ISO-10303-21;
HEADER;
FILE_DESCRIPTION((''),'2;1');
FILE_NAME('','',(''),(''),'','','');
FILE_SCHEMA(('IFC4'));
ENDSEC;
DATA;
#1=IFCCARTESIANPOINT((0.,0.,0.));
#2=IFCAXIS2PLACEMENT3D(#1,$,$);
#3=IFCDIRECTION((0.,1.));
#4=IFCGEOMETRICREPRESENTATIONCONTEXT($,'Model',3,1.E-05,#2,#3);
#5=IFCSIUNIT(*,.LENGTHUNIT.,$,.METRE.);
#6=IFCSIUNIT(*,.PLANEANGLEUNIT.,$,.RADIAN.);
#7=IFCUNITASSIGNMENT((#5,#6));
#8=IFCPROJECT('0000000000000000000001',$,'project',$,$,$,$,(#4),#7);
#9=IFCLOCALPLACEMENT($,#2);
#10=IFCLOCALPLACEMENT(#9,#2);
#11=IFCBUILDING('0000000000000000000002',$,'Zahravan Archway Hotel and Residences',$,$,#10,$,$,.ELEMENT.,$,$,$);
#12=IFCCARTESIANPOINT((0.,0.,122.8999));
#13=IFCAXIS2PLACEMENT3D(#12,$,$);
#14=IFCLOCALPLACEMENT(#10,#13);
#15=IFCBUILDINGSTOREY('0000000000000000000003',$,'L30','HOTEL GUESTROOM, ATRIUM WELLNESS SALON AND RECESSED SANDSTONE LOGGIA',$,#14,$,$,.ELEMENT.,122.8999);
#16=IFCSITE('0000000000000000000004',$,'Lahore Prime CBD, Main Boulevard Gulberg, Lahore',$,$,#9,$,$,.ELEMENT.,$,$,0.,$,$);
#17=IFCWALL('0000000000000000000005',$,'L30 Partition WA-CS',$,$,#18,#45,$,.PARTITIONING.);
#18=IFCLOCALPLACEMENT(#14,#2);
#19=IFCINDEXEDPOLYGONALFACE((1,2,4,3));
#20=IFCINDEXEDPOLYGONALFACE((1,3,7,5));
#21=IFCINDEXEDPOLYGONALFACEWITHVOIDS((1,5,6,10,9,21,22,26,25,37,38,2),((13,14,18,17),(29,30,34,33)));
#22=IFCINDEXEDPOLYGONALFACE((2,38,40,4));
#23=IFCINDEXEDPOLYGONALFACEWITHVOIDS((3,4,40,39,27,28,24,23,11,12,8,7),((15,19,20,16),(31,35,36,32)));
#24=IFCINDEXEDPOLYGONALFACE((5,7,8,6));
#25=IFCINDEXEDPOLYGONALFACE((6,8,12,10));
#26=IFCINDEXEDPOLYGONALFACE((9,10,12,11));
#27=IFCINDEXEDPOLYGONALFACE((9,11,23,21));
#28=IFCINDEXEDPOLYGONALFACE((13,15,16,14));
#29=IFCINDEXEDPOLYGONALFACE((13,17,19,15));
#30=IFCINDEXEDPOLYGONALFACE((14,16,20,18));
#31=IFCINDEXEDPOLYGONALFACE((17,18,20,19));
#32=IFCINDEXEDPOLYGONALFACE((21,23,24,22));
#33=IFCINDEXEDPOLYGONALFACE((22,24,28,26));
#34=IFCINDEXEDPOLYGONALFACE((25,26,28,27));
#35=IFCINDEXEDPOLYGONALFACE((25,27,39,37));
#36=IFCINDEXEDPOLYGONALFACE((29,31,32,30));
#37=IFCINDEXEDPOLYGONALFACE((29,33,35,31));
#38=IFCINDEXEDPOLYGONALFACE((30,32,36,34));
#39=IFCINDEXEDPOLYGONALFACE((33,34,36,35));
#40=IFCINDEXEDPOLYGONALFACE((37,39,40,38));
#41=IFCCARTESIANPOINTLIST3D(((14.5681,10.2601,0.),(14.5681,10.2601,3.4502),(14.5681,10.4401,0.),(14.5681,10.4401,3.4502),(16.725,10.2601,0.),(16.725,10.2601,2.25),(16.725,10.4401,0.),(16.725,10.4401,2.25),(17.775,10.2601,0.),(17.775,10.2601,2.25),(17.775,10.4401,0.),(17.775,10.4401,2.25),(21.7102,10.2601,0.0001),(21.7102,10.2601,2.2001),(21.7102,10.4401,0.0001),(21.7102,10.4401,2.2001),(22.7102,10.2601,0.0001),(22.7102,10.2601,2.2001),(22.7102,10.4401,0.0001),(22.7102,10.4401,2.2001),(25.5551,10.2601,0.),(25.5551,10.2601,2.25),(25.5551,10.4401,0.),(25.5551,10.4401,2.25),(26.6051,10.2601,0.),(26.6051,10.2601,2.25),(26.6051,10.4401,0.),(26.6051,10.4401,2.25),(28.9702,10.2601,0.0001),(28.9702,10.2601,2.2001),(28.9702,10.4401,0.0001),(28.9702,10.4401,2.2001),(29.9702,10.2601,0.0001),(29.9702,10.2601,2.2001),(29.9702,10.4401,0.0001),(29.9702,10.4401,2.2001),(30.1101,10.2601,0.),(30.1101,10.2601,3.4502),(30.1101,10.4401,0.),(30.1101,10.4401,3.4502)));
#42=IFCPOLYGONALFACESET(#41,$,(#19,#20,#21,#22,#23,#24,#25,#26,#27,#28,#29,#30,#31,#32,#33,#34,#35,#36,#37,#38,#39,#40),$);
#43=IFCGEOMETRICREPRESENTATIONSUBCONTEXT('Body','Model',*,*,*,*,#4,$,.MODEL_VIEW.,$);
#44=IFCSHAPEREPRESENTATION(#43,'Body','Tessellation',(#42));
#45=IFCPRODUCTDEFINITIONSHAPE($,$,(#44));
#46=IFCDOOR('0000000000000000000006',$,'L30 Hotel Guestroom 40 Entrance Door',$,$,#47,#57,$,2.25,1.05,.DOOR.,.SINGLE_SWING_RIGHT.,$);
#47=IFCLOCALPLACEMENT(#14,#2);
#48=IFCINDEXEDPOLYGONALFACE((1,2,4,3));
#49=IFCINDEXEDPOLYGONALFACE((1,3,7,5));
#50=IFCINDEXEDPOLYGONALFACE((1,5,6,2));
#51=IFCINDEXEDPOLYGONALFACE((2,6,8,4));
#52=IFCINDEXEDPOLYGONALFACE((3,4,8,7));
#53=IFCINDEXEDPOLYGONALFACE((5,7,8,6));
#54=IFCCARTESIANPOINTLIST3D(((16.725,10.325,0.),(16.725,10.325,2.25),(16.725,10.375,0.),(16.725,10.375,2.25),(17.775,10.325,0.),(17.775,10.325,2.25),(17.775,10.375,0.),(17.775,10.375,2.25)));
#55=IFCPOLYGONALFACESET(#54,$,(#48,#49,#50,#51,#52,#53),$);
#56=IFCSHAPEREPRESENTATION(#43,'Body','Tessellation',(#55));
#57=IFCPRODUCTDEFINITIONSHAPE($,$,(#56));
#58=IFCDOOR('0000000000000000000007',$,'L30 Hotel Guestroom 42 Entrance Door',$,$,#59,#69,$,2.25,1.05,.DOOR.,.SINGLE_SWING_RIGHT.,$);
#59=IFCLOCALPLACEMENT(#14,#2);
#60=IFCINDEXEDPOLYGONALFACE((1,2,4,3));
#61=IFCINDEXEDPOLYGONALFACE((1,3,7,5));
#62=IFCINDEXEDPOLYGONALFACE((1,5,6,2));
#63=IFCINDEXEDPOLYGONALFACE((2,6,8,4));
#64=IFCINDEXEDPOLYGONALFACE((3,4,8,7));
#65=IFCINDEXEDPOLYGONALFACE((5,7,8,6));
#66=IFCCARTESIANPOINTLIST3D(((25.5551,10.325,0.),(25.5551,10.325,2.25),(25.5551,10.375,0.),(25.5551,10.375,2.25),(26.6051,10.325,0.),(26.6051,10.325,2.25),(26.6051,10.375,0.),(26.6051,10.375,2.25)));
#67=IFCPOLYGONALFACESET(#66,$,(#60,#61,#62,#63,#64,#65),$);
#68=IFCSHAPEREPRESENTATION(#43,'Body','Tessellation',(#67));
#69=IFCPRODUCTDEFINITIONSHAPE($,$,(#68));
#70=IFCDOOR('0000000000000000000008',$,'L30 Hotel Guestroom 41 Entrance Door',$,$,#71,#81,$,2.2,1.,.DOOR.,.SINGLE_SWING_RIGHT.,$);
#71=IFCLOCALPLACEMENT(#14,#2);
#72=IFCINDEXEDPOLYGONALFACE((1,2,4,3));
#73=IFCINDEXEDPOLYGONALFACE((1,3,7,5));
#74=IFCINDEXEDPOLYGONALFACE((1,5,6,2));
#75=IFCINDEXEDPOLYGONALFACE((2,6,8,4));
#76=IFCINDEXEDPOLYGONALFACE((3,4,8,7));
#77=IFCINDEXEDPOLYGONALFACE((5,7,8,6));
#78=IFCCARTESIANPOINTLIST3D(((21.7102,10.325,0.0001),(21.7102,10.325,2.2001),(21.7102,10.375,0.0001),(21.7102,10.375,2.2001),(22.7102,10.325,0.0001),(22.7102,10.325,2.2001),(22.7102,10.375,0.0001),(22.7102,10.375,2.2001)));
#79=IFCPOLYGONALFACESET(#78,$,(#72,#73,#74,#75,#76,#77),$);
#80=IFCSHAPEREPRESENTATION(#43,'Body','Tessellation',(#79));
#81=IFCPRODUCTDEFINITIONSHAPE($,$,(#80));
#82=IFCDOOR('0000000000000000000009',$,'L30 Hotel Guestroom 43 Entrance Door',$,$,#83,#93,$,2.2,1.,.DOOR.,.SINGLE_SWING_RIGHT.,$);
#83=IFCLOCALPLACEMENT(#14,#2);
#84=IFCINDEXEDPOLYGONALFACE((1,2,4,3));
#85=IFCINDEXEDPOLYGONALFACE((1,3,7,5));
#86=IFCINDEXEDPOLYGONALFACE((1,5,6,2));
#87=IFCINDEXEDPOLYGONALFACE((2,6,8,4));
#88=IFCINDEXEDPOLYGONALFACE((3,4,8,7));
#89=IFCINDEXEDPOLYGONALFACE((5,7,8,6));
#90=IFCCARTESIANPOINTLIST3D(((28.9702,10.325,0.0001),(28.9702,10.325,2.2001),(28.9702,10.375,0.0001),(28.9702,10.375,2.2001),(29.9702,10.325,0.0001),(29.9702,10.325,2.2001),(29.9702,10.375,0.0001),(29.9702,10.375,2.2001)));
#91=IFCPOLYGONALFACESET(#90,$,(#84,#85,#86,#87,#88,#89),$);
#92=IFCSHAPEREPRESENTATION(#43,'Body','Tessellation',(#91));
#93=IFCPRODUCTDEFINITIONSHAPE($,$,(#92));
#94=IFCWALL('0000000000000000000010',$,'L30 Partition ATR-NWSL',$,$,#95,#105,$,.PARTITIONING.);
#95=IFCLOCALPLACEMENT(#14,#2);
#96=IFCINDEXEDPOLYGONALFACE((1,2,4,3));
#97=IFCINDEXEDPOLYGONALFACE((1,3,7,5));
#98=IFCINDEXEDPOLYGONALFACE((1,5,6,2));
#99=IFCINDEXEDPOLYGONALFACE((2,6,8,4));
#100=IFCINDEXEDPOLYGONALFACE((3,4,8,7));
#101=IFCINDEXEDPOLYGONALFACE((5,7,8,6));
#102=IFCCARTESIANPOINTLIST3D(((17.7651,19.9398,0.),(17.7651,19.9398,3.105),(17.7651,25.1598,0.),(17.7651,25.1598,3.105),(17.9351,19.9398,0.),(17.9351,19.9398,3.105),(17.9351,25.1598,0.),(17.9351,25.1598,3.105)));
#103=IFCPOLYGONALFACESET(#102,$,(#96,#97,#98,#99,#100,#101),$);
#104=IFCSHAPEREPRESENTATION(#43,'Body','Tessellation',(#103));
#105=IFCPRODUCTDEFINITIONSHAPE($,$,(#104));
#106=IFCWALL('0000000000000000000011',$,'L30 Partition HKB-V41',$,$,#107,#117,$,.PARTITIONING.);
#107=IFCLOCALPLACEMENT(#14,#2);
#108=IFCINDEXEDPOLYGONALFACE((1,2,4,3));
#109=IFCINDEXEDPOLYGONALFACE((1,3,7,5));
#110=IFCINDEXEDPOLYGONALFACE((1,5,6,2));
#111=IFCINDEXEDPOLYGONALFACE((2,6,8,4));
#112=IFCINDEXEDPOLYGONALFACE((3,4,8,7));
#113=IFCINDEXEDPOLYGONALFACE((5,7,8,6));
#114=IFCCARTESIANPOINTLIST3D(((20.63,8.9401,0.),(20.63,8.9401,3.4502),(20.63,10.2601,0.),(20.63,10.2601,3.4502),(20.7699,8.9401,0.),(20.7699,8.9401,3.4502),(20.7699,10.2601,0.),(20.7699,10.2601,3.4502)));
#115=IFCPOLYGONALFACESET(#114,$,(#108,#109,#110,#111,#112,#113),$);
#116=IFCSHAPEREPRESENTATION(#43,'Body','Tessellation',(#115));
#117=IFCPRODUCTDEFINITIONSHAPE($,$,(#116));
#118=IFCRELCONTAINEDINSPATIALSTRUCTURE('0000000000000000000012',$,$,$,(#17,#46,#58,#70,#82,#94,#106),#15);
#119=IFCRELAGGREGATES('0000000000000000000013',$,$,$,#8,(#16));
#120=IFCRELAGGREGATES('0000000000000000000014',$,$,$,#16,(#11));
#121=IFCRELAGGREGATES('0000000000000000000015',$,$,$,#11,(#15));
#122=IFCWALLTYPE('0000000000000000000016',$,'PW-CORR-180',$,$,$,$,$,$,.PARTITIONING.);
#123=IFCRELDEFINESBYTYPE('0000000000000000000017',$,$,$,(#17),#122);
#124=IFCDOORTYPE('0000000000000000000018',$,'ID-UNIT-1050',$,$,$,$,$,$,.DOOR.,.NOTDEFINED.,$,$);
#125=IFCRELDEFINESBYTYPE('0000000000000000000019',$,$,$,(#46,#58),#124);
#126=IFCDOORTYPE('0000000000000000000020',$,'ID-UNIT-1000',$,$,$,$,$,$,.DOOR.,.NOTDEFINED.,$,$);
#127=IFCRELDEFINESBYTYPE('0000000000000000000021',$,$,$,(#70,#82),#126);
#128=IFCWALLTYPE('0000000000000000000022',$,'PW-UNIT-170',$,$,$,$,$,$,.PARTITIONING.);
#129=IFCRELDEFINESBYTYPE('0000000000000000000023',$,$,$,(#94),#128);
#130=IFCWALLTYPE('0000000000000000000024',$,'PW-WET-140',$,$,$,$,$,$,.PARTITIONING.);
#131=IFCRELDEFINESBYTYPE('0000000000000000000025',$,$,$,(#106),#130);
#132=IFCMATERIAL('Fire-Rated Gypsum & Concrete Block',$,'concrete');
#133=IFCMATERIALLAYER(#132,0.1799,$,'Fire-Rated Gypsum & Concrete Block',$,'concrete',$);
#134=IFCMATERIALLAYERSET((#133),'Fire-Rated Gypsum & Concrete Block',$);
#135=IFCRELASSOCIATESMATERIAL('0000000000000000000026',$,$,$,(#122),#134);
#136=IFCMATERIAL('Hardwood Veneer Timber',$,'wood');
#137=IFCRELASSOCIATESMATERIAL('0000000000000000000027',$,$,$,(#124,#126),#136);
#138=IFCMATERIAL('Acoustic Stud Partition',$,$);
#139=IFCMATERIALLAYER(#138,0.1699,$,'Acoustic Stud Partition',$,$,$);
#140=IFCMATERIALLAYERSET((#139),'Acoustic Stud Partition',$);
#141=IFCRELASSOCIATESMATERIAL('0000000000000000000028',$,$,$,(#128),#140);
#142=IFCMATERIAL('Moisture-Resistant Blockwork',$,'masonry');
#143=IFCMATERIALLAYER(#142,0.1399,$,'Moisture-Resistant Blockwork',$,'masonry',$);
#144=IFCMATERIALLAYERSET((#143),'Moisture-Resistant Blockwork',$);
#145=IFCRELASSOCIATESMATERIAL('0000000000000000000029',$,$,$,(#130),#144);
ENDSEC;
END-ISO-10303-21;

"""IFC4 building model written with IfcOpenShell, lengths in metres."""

from ifc_helpers import new_model, si_unit, direction, frame, frame_2d, origin, place, context, subcontext, project, spatial, rectangle, extrude, source, transform, mapped, material, layer, layer_set, type_object, type_shapes, element, fill, save


model = new_model("IFC4")

# Units and contexts
model_context = context("Model", 3, precision=1e-05, world=origin(), true_north=direction((0.0, 1.0)))
body_context = subcontext(model_context, "Body", "Model", "MODEL_VIEW")
ifc_project = project(units=[si_unit("LENGTHUNIT", "METRE"), si_unit("PLANEANGLEUNIT", "RADIAN")], contexts=[model_context])

# Site, building, storey
site_placement = place(None, origin())
site = spatial("IfcSite", under=ifc_project, at=site_placement, Name="Lahore Prime CBD, Main Boulevard Gulberg, Lahore", CompositionType="ELEMENT", RefElevation=0.0)
building_placement = place(site_placement, origin())
building = spatial("IfcBuilding", under=site, at=building_placement, Name="Zahravan Archway Hotel and Residences", CompositionType="ELEMENT")
storey_placement = place(building_placement, frame((0.0, 0.0, 122.8999)))
storey = spatial("IfcBuildingStorey", under=building, at=storey_placement, Name="L30", Description="HOTEL GUESTROOM, ATRIUM WELLNESS SALON AND RECESSED SANDSTONE LOGGIA", CompositionType="ELEMENT", Elevation=122.8999)

# Shared definitions
ifc_material_1 = material(Name="Fire-Rated Gypsum & Concrete Block", Category="concrete")

# Wall, openings, doors
ifc_layer_1 = layer(ifc_material_1, 0.1799, Name="Fire-Rated Gypsum & Concrete Block", Category="concrete")
ifc_layer_set_1 = layer_set([ifc_layer_1], Name="Fire-Rated Gypsum & Concrete Block")
wall_type_1 = type_object("IfcWallType", Name="PW-CORR-180", PredefinedType="PARTITIONING", material=ifc_layer_set_1)
wall_1_placement = place(storey_placement, frame((14.5681, 10.3501, 0.0), z_axis=(0.0, 0.0, 1.0), x_axis=(1.0, 0.0, 0.0)))
wall_1 = element("IfcWall", 1, at=wall_1_placement, inside=storey, type_object=wall_type_1, Name="L30 Partition WA-CS", PredefinedType="PARTITIONING", context=body_context, shape_type="SweptSolid", body=[
    extrude(rectangle(XDim=15.542, YDim=0.1799, at=frame_2d((7.771, 0.0))), origin(), (0.0, 0.0, 1.0), 3.4502),
])
opening_1_placement = place(wall_1_placement, frame((2.157, 0.0, 0.0)))
opening_1 = element("IfcOpeningElement", 2, at=opening_1_placement, cuts=wall_1, PredefinedType="OPENING", context=body_context, shape_type="SweptSolid", body=[
    extrude(rectangle(XDim=1.05, YDim=2.25, at=frame_2d((0.5249, 1.125))), frame((0.0, 0.1001, 0.0), z_axis=(0.0, -1.0, 0.0), x_axis=(1.0, 0.0, 0.0)), (0.0, 0.0, 1.0), 0.2),
])
opening_2_placement = place(wall_1_placement, frame((7.1421, 0.0, 0.0)))
opening_2 = element("IfcOpeningElement", 3, at=opening_2_placement, cuts=wall_1, PredefinedType="OPENING", context=body_context, shape_type="SweptSolid", body=[
    extrude(rectangle(XDim=1.0, YDim=2.2, at=frame_2d((0.5, 1.1001))), frame((0.0, 0.1001, 0.0), z_axis=(0.0, -1.0, 0.0), x_axis=(1.0, 0.0, 0.0)), (0.0, 0.0, 1.0), 0.2),
])
opening_3_placement = place(wall_1_placement, frame((10.9871, 0.0, 0.0)))
opening_3 = element("IfcOpeningElement", 4, at=opening_3_placement, cuts=wall_1, PredefinedType="OPENING", context=body_context, shape_type="SweptSolid", body=[
    extrude(rectangle(XDim=1.05, YDim=2.25, at=frame_2d((0.5249, 1.125))), frame((0.0, 0.1001, 0.0), z_axis=(0.0, -1.0, 0.0), x_axis=(1.0, 0.0, 0.0)), (0.0, 0.0, 1.0), 0.2),
])
opening_4_placement = place(wall_1_placement, frame((14.4021, 0.0, 0.0)))
opening_4 = element("IfcOpeningElement", 5, at=opening_4_placement, cuts=wall_1, PredefinedType="OPENING", context=body_context, shape_type="SweptSolid", body=[
    extrude(rectangle(XDim=1.0, YDim=2.2, at=frame_2d((0.5, 1.1001))), frame((0.0, 0.1001, 0.0), z_axis=(0.0, -1.0, 0.0), x_axis=(1.0, 0.0, 0.0)), (0.0, 0.0, 1.0), 0.2),
])
ifc_material_2 = material(Name="Hardwood Veneer Timber", Category="wood")
door_type_1 = type_object("IfcDoorType", Name="ID-UNIT-1050", OperationType="NOTDEFINED", PredefinedType="DOOR", material=ifc_material_2)
shared_shape_1 = source(origin(), body_context, "Body", "SweptSolid", [
    extrude(rectangle(XDim=1.05, YDim=2.25, at=frame_2d((0.5249, 1.125))), frame((0.0, 0.0249, 0.0), z_axis=(0.0, -1.0, 0.0), x_axis=(1.0, 0.0, 0.0)), (0.0, 0.0, 1.0), 0.05),
])
type_shapes(door_type_1, [shared_shape_1])
door_1_placement = place(opening_1_placement, origin())
door_1 = element("IfcDoor", 6, at=door_1_placement, inside=storey, type_object=door_type_1, Name="L30 Hotel Guestroom 40 Entrance Door", OperationType="SINGLE_SWING_RIGHT", OverallHeight=2.25, OverallWidth=1.05, PredefinedType="DOOR", context=body_context, shape_type="MappedRepresentation", body=[
    mapped(shared_shape_1, transform((0.0, 0.0, 0.0), scale=1.0)),
])
fill(opening_1, door_1)
door_2_placement = place(opening_3_placement, origin())
door_2 = element("IfcDoor", 7, at=door_2_placement, inside=storey, type_object=door_type_1, Name="L30 Hotel Guestroom 42 Entrance Door", OperationType="SINGLE_SWING_RIGHT", OverallHeight=2.25, OverallWidth=1.05, PredefinedType="DOOR", context=body_context, shape_type="MappedRepresentation", body=[
    mapped(shared_shape_1, transform((0.0, 0.0, 0.0), scale=1.0)),
])
fill(opening_3, door_2)
door_type_2 = type_object("IfcDoorType", Name="ID-UNIT-1000", OperationType="NOTDEFINED", PredefinedType="DOOR", material=ifc_material_2)
shared_shape_2 = source(origin(), body_context, "Body", "SweptSolid", [
    extrude(rectangle(XDim=1.0, YDim=2.2, at=frame_2d((0.5, 1.1001))), frame((0.0, 0.0249, 0.0), z_axis=(0.0, -1.0, 0.0), x_axis=(1.0, 0.0, 0.0)), (0.0, 0.0, 1.0), 0.05),
])
type_shapes(door_type_2, [shared_shape_2])
door_3_placement = place(opening_2_placement, origin())
door_3 = element("IfcDoor", 8, at=door_3_placement, inside=storey, type_object=door_type_2, Name="L30 Hotel Guestroom 41 Entrance Door", OperationType="SINGLE_SWING_RIGHT", OverallHeight=2.2, OverallWidth=1.0, PredefinedType="DOOR", context=body_context, shape_type="MappedRepresentation", body=[
    mapped(shared_shape_2, transform((0.0, 0.0, 0.0), scale=1.0)),
])
fill(opening_2, door_3)
door_4_placement = place(opening_4_placement, origin())
door_4 = element("IfcDoor", 9, at=door_4_placement, inside=storey, type_object=door_type_2, Name="L30 Hotel Guestroom 43 Entrance Door", OperationType="SINGLE_SWING_RIGHT", OverallHeight=2.2, OverallWidth=1.0, PredefinedType="DOOR", context=body_context, shape_type="MappedRepresentation", body=[
    mapped(shared_shape_2, transform((0.0, 0.0, 0.0), scale=1.0)),
])
fill(opening_4, door_4)

# Walls
ifc_material_3 = material(Name="Acoustic Stud Partition")
ifc_layer_2 = layer(ifc_material_3, 0.1699, Name="Acoustic Stud Partition")
ifc_layer_set_2 = layer_set([ifc_layer_2], Name="Acoustic Stud Partition")
wall_type_2 = type_object("IfcWallType", Name="PW-UNIT-170", PredefinedType="PARTITIONING", material=ifc_layer_set_2)
wall_2_placement = place(storey_placement, frame((17.8501, 19.9399, 0.0), z_axis=(0.0, 0.0, 1.0), x_axis=(0.0, 1.0, 0.0)))
element("IfcWall", 10, at=wall_2_placement, inside=storey, type_object=wall_type_2, Name="L30 Partition ATR-NWSL", PredefinedType="PARTITIONING", context=body_context, shape_type="SweptSolid", body=[
    extrude(rectangle(XDim=5.22, YDim=0.1699, at=frame_2d((2.6099, 0.0))), origin(), (0.0, 0.0, 1.0), 3.105),
])
ifc_material_4 = material(Name="Moisture-Resistant Blockwork", Category="masonry")
ifc_layer_3 = layer(ifc_material_4, 0.1399, Name="Moisture-Resistant Blockwork", Category="masonry")
ifc_layer_set_3 = layer_set([ifc_layer_3], Name="Moisture-Resistant Blockwork")
wall_type_3 = type_object("IfcWallType", Name="PW-WET-140", PredefinedType="PARTITIONING", material=ifc_layer_set_3)
wall_3_placement = place(storey_placement, frame((20.7, 8.9399, 0.0), z_axis=(0.0, 0.0, 1.0), x_axis=(0.0, 1.0, 0.0)))
element("IfcWall", 11, at=wall_3_placement, inside=storey, type_object=wall_type_3, Name="L30 Partition HKB-V41", PredefinedType="PARTITIONING", context=body_context, shape_type="SweptSolid", body=[
    extrude(rectangle(XDim=1.3201, YDim=0.1399, at=frame_2d((0.6602, 0.0))), origin(), (0.0, 0.0, 1.0), 3.4502),
])

save(model, "model.ifc")
